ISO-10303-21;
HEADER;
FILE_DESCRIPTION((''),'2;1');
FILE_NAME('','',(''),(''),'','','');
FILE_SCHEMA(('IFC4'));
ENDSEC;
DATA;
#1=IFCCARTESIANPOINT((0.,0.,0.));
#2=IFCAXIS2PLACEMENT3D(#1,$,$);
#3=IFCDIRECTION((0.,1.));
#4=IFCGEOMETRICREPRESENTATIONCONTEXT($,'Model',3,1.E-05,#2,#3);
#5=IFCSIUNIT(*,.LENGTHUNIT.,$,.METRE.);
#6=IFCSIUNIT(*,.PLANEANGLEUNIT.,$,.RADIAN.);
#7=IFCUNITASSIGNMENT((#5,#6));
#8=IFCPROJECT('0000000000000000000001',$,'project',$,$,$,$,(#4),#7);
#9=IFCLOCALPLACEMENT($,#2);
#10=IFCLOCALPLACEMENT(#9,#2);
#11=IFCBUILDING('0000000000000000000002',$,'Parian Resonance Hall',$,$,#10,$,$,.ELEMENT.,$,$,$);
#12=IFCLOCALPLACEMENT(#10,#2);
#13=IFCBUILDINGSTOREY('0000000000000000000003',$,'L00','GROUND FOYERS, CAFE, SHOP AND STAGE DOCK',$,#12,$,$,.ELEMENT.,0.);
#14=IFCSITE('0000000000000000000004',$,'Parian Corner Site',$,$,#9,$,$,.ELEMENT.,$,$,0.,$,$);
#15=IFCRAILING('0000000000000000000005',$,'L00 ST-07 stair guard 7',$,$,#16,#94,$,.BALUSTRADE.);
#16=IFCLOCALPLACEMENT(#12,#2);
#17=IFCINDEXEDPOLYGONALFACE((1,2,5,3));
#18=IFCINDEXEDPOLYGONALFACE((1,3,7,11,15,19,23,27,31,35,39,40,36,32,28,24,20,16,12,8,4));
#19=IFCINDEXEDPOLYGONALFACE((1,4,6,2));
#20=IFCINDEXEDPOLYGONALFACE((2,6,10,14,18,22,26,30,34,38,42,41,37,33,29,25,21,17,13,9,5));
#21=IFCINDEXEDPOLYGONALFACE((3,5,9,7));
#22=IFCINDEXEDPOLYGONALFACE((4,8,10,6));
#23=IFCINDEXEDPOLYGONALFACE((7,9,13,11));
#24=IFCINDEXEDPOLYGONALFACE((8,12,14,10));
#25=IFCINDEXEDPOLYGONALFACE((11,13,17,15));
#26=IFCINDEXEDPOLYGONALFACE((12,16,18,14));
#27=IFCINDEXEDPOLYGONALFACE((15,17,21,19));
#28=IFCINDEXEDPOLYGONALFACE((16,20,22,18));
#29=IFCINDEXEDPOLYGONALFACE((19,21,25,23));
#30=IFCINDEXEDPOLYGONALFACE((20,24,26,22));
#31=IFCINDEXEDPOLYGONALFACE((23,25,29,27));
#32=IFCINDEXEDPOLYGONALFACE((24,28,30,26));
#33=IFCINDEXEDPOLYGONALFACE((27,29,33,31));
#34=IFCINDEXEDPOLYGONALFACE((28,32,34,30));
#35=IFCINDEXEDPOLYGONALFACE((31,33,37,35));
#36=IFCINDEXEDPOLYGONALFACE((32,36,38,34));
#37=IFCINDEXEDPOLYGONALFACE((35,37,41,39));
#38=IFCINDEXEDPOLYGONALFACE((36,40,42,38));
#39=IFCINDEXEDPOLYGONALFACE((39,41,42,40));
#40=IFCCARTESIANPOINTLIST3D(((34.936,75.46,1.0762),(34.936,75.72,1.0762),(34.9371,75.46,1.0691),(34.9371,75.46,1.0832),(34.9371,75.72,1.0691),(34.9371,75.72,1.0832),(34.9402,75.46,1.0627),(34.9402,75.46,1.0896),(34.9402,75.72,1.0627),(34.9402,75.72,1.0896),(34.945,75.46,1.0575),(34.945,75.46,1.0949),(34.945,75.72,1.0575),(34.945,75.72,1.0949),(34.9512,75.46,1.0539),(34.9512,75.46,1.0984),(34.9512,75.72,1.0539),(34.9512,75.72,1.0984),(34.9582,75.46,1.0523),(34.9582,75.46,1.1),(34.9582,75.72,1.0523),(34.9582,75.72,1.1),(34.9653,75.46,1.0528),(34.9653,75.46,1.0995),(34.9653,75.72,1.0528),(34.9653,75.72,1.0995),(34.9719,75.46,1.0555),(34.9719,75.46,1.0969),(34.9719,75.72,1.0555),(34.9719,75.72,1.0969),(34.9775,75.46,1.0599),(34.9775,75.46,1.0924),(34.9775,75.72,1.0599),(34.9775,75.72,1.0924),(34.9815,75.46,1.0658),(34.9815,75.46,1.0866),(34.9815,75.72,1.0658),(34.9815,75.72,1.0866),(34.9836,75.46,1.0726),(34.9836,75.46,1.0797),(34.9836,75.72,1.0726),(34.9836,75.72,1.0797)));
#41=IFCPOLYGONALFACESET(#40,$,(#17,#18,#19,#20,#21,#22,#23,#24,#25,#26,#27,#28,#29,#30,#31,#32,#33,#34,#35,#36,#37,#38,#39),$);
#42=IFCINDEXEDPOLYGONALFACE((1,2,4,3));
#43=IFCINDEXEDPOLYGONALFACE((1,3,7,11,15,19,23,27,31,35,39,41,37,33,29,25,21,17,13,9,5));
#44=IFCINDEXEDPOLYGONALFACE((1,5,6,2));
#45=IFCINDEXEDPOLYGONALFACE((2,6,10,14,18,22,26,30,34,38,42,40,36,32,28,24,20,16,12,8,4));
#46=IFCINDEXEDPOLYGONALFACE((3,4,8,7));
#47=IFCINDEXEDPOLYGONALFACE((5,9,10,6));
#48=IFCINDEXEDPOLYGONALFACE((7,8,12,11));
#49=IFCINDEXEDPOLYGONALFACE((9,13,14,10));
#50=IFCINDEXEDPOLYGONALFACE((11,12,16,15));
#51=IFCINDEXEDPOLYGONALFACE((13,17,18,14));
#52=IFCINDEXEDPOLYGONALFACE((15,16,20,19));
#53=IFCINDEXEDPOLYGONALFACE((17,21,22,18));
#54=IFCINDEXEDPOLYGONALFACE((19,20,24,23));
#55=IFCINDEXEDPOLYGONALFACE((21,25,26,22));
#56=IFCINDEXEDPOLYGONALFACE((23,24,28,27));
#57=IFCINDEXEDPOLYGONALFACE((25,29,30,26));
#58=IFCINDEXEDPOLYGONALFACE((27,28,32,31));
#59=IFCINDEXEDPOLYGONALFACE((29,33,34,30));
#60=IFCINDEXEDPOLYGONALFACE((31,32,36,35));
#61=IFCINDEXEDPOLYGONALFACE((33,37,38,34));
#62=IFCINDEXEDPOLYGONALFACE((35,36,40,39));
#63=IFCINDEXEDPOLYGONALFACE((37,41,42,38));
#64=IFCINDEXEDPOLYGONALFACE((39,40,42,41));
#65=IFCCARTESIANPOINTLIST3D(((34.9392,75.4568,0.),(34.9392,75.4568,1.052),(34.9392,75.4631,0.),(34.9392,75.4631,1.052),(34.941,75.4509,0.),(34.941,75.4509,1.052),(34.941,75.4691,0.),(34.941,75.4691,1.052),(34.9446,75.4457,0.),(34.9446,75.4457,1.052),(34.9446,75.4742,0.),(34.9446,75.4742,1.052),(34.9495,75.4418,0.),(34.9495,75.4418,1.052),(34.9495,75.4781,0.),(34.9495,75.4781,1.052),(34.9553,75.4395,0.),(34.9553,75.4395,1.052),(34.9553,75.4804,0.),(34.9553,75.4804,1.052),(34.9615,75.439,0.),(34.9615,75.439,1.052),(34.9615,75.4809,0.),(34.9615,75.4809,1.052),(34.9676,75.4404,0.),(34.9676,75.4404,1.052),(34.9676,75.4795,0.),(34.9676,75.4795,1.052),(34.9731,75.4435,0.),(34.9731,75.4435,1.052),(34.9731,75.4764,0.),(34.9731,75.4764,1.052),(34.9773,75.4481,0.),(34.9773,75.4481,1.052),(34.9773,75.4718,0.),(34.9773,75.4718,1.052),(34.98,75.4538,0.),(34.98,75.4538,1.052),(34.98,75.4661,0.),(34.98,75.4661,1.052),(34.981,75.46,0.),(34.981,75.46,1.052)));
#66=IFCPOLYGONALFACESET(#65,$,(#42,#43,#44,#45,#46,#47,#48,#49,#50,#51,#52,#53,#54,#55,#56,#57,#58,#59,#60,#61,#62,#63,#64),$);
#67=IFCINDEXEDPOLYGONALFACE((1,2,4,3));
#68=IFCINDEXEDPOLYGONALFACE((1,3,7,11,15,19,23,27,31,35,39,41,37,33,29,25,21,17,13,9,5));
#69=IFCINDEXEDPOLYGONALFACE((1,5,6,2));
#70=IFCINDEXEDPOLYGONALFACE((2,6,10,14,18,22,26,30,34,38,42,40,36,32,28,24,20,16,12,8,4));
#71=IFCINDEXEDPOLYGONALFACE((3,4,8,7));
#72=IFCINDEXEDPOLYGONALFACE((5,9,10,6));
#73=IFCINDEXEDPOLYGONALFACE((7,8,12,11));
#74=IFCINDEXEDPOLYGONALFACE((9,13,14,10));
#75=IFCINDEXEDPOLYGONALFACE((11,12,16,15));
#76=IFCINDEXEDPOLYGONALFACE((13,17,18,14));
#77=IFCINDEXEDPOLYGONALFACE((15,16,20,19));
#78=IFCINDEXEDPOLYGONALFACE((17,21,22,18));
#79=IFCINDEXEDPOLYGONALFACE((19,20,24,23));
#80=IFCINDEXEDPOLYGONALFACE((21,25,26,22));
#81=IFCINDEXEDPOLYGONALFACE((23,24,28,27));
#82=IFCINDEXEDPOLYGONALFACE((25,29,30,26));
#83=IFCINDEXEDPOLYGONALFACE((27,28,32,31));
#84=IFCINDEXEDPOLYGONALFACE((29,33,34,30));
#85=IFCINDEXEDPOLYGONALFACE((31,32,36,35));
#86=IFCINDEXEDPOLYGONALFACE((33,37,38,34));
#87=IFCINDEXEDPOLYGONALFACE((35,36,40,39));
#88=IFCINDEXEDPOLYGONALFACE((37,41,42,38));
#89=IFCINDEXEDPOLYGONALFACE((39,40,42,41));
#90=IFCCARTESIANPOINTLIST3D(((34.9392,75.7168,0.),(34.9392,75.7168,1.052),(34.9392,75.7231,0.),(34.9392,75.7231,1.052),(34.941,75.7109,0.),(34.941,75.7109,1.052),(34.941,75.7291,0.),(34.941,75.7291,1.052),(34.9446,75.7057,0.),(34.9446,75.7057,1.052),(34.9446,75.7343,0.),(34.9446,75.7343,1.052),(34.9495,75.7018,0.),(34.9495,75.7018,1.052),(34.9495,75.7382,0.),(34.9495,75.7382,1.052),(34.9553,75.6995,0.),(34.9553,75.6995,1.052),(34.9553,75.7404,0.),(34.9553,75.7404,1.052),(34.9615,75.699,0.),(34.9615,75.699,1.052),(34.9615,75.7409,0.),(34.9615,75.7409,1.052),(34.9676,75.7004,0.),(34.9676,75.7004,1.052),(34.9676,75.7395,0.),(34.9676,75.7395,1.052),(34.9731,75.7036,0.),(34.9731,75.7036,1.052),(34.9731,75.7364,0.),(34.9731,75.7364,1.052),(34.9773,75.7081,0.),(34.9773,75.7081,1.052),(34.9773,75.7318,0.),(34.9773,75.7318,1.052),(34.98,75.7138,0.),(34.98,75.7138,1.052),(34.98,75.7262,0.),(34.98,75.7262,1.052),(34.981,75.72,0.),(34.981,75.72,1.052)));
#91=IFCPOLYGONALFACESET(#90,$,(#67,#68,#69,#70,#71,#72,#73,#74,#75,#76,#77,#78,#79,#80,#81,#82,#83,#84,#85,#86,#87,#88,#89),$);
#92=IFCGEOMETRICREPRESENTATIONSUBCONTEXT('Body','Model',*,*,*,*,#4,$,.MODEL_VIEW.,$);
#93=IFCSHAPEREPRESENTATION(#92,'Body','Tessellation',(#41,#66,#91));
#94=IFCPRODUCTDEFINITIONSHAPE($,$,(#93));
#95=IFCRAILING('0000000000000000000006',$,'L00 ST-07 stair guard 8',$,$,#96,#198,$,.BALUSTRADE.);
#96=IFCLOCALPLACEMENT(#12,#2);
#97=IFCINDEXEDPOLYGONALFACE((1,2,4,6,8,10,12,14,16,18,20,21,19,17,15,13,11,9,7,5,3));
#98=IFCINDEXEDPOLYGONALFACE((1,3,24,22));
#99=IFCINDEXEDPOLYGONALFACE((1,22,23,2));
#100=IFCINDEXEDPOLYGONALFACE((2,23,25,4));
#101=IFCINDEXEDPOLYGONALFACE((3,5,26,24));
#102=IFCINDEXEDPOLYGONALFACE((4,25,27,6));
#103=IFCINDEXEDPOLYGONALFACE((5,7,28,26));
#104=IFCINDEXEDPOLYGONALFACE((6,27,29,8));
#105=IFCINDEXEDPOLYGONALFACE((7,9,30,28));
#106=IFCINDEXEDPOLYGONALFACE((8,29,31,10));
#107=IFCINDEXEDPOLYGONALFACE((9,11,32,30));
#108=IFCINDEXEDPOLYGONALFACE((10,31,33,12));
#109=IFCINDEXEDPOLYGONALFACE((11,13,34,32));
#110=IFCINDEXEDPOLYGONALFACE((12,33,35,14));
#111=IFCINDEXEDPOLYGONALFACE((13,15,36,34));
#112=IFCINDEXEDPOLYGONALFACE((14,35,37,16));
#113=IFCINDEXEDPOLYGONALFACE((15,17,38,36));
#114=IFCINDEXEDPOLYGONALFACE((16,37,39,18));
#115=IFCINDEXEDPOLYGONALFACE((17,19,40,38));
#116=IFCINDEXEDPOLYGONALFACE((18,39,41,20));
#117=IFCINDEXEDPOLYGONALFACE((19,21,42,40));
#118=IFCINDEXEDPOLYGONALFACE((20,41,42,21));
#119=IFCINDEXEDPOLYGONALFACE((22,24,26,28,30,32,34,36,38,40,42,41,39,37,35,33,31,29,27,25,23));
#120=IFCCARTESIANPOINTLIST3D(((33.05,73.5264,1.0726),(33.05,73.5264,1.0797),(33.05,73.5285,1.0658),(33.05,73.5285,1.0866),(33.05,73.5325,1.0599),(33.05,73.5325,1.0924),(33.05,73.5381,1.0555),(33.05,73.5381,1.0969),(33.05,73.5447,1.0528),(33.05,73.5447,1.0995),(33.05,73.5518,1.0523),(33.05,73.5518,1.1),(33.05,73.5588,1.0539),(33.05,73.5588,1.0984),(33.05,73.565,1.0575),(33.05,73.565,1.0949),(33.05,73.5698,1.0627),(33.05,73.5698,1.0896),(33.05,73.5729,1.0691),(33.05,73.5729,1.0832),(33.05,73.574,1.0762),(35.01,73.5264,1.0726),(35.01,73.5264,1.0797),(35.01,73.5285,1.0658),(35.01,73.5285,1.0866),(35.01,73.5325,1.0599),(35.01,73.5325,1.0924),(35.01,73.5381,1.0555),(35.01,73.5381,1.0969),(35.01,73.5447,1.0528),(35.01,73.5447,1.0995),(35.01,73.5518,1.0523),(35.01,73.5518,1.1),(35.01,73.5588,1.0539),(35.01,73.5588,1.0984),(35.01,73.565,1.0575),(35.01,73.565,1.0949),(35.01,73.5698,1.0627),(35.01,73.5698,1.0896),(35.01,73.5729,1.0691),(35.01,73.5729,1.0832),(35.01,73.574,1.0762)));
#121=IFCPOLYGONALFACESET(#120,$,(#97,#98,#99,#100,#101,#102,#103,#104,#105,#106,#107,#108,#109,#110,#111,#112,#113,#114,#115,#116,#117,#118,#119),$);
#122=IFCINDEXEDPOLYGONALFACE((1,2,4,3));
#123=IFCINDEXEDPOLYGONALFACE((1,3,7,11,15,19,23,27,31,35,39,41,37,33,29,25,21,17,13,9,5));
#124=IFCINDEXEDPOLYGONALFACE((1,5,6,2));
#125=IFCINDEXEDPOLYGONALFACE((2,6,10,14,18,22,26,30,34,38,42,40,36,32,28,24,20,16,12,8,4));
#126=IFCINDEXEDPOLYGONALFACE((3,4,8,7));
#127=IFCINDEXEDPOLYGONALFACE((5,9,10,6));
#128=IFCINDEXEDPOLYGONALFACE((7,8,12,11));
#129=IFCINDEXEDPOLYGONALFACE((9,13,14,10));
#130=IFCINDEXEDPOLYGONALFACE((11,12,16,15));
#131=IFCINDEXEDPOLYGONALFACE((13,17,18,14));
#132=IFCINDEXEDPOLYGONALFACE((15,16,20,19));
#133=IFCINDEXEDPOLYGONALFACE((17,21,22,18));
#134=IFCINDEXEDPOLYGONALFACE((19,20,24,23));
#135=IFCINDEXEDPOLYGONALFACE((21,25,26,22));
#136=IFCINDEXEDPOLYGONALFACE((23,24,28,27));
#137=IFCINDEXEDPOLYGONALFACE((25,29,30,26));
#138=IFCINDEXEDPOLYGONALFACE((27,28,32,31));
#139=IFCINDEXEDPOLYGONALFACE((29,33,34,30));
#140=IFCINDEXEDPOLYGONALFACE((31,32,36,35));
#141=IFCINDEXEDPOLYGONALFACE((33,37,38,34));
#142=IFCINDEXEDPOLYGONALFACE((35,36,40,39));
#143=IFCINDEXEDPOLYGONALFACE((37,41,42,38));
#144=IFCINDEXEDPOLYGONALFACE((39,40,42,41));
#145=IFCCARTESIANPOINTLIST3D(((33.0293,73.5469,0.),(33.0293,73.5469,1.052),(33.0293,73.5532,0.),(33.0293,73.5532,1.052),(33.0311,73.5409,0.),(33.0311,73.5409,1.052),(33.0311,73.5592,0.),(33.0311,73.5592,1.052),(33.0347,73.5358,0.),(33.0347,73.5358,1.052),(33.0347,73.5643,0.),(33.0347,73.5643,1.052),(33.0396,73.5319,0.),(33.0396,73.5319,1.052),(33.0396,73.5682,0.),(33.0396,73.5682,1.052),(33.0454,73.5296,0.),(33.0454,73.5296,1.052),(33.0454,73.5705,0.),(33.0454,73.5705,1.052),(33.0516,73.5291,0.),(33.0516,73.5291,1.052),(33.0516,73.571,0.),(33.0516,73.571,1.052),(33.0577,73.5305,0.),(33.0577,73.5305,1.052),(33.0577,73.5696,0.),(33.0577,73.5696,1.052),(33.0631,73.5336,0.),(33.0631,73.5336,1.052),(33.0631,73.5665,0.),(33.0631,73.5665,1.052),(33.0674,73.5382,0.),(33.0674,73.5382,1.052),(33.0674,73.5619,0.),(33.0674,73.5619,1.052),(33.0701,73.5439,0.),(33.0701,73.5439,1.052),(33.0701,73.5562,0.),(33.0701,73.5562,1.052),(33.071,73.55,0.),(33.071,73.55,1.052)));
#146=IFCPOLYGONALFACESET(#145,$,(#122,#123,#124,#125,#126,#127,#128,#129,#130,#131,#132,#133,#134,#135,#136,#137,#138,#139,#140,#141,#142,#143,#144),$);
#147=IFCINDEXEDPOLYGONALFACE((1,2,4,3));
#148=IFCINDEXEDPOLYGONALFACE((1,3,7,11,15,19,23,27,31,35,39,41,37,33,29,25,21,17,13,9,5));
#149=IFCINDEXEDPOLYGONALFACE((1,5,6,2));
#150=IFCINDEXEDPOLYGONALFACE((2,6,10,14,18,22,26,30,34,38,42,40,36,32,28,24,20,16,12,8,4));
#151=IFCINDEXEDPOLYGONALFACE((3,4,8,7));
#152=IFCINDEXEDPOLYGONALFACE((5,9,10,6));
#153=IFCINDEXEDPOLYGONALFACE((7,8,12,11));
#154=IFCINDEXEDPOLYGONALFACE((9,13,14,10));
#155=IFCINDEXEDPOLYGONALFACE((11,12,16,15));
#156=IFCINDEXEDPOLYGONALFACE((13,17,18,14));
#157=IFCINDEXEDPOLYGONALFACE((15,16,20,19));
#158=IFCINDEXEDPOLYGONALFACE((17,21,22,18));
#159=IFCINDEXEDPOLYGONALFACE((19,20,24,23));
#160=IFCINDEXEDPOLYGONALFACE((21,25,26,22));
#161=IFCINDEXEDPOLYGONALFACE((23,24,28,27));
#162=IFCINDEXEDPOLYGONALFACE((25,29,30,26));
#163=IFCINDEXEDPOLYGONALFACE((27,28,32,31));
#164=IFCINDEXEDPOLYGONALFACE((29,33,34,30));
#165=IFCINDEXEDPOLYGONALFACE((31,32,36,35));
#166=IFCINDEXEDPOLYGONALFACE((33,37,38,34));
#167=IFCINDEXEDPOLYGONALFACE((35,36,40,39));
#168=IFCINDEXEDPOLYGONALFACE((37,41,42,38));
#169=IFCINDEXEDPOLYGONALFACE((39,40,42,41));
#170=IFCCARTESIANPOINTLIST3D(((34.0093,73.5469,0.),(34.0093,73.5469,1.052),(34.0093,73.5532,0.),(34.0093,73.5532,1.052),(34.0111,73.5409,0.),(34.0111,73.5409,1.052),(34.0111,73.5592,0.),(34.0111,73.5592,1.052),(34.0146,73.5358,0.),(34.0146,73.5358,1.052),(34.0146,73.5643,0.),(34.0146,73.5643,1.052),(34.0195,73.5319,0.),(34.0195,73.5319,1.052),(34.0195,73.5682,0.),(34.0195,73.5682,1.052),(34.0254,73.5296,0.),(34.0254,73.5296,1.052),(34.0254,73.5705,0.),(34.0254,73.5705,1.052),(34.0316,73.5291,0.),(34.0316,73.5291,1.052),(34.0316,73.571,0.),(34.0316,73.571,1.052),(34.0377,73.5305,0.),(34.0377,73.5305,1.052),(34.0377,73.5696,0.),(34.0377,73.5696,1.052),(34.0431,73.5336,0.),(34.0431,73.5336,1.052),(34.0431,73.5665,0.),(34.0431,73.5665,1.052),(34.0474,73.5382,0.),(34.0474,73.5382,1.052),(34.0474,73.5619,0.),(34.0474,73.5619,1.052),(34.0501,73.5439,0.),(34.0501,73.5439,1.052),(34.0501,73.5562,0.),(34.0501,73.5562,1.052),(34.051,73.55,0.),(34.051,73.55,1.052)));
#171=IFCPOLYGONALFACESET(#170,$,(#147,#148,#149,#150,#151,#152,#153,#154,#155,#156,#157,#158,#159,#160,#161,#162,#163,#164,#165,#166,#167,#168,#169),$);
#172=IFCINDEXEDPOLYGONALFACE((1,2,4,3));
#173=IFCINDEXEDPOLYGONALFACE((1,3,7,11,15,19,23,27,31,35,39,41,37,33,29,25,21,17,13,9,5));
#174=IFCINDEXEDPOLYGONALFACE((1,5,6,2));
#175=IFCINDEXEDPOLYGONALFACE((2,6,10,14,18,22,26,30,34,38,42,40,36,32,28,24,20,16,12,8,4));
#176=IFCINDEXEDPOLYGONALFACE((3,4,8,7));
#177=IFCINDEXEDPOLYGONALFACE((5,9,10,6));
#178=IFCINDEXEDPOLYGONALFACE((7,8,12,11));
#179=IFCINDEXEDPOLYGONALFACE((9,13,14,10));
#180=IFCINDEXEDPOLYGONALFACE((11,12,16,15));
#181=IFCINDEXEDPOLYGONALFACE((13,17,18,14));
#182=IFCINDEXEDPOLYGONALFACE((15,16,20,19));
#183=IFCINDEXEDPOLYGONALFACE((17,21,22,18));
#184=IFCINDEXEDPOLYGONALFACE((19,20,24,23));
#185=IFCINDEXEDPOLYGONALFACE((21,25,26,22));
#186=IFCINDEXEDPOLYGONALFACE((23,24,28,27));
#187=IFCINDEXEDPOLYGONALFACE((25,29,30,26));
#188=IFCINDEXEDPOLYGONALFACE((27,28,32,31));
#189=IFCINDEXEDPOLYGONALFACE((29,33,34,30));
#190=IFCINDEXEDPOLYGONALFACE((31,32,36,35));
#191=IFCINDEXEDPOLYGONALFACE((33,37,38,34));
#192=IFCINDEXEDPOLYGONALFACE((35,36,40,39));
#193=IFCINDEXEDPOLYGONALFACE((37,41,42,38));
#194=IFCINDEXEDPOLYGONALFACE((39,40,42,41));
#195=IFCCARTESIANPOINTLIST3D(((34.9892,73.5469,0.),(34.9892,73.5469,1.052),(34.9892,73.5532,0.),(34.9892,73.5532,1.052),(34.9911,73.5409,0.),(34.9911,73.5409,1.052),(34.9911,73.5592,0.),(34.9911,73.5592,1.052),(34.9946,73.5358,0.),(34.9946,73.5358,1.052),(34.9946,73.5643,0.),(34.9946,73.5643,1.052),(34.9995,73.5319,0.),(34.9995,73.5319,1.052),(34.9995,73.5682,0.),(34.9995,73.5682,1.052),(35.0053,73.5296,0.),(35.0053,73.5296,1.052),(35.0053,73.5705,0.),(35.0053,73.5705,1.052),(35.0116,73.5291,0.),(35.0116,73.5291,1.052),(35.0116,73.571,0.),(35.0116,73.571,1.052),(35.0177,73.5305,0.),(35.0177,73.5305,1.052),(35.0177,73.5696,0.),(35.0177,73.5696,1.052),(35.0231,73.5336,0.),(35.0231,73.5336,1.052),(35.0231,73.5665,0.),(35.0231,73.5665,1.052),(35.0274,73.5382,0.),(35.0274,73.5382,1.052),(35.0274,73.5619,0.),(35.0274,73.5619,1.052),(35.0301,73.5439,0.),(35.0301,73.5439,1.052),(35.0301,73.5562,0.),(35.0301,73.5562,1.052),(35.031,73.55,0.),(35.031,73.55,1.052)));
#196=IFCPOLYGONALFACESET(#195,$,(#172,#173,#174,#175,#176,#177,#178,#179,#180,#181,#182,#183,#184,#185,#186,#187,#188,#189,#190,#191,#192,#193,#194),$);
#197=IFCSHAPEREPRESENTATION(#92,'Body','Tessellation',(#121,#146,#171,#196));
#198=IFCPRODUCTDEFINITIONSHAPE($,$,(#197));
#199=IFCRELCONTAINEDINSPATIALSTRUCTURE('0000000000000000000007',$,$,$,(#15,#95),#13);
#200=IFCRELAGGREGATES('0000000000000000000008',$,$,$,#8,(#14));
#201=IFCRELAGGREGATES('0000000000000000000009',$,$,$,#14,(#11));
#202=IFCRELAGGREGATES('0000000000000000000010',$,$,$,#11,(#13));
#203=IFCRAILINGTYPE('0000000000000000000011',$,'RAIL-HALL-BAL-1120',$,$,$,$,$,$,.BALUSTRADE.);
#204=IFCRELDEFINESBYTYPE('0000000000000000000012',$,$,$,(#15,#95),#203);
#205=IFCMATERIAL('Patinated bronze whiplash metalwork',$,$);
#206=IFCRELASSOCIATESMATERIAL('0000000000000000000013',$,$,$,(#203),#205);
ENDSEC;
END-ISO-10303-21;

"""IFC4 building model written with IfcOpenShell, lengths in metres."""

from ifc_helpers import new_model, si_unit, direction, frame, origin, origin_2d, place, context, subcontext, project, spatial, circle, extrude, material, type_object, element, save


model = new_model("IFC4")

# Units and contexts
model_context = context("Model", 3, precision=1e-05, world=origin(), true_north=direction((0.0, 1.0)))
body_context = subcontext(model_context, "Body", "Model", "MODEL_VIEW")
ifc_project = project(units=[si_unit("LENGTHUNIT", "METRE"), si_unit("PLANEANGLEUNIT", "RADIAN")], contexts=[model_context])

# Site, building, storey
site_placement = place(None, origin())
site = spatial("IfcSite", under=ifc_project, at=site_placement, Name="Parian Corner Site", CompositionType="ELEMENT", RefElevation=0.0)
building_placement = place(site_placement, origin())
building = spatial("IfcBuilding", under=site, at=building_placement, Name="Parian Resonance Hall", CompositionType="ELEMENT")
storey_placement = place(building_placement, origin())
storey = spatial("IfcBuildingStorey", under=building, at=storey_placement, Name="L00", Description="GROUND FOYERS, CAFE, SHOP AND STAGE DOCK", CompositionType="ELEMENT", Elevation=0.0)

# Railings
ifc_material_1 = material(Name="Patinated bronze whiplash metalwork")
railing_type_1 = type_object("IfcRailingType", Name="RAIL-HALL-BAL-1120", PredefinedType="BALUSTRADE", material=ifc_material_1)
railing_1_placement = place(storey_placement, frame((34.96, 75.46, 0.0)))
element("IfcRailing", 1, at=railing_1_placement, inside=storey, type_object=railing_type_1, Name="L00 ST-07 stair guard 7", PredefinedType="BALUSTRADE", context=body_context, shape_type="SweptSolid", body=[
    extrude(circle(Radius=0.0239, at=origin_2d()), frame((0.0, 0.0, 1.0762), z_axis=(0.0, 1.0, 0.0), x_axis=(-1.0, 0.0, 0.0)), (0.0, 0.0, 1.0), 0.26),
    extrude(circle(Radius=0.021, at=origin_2d()), origin(), (0.0, 0.0, 1.0), 1.052),
    extrude(circle(Radius=0.021, at=origin_2d()), frame((0.0, 0.26, 0.0)), (0.0, 0.0, 1.0), 1.052),
])
railing_2_placement = place(storey_placement, frame((33.05, 73.55, 0.0)))
element("IfcRailing", 2, at=railing_2_placement, inside=storey, type_object=railing_type_1, Name="L00 ST-07 stair guard 8", PredefinedType="BALUSTRADE", context=body_context, shape_type="SweptSolid", body=[
    extrude(circle(Radius=0.0239, at=origin_2d()), frame((0.0, 0.0, 1.0762), z_axis=(1.0, 0.0, 0.0), x_axis=(0.0, 1.0, 0.0)), (0.0, 0.0, 1.0), 1.96),
    extrude(circle(Radius=0.021, at=origin_2d()), origin(), (0.0, 0.0, 1.0), 1.052),
    extrude(circle(Radius=0.021, at=origin_2d()), frame((0.98, 0.0, 0.0)), (0.0, 0.0, 1.0), 1.052),
    extrude(circle(Radius=0.021, at=origin_2d()), frame((1.96, 0.0, 0.0)), (0.0, 0.0, 1.0), 1.052),
])

save(model, "model.ifc")
